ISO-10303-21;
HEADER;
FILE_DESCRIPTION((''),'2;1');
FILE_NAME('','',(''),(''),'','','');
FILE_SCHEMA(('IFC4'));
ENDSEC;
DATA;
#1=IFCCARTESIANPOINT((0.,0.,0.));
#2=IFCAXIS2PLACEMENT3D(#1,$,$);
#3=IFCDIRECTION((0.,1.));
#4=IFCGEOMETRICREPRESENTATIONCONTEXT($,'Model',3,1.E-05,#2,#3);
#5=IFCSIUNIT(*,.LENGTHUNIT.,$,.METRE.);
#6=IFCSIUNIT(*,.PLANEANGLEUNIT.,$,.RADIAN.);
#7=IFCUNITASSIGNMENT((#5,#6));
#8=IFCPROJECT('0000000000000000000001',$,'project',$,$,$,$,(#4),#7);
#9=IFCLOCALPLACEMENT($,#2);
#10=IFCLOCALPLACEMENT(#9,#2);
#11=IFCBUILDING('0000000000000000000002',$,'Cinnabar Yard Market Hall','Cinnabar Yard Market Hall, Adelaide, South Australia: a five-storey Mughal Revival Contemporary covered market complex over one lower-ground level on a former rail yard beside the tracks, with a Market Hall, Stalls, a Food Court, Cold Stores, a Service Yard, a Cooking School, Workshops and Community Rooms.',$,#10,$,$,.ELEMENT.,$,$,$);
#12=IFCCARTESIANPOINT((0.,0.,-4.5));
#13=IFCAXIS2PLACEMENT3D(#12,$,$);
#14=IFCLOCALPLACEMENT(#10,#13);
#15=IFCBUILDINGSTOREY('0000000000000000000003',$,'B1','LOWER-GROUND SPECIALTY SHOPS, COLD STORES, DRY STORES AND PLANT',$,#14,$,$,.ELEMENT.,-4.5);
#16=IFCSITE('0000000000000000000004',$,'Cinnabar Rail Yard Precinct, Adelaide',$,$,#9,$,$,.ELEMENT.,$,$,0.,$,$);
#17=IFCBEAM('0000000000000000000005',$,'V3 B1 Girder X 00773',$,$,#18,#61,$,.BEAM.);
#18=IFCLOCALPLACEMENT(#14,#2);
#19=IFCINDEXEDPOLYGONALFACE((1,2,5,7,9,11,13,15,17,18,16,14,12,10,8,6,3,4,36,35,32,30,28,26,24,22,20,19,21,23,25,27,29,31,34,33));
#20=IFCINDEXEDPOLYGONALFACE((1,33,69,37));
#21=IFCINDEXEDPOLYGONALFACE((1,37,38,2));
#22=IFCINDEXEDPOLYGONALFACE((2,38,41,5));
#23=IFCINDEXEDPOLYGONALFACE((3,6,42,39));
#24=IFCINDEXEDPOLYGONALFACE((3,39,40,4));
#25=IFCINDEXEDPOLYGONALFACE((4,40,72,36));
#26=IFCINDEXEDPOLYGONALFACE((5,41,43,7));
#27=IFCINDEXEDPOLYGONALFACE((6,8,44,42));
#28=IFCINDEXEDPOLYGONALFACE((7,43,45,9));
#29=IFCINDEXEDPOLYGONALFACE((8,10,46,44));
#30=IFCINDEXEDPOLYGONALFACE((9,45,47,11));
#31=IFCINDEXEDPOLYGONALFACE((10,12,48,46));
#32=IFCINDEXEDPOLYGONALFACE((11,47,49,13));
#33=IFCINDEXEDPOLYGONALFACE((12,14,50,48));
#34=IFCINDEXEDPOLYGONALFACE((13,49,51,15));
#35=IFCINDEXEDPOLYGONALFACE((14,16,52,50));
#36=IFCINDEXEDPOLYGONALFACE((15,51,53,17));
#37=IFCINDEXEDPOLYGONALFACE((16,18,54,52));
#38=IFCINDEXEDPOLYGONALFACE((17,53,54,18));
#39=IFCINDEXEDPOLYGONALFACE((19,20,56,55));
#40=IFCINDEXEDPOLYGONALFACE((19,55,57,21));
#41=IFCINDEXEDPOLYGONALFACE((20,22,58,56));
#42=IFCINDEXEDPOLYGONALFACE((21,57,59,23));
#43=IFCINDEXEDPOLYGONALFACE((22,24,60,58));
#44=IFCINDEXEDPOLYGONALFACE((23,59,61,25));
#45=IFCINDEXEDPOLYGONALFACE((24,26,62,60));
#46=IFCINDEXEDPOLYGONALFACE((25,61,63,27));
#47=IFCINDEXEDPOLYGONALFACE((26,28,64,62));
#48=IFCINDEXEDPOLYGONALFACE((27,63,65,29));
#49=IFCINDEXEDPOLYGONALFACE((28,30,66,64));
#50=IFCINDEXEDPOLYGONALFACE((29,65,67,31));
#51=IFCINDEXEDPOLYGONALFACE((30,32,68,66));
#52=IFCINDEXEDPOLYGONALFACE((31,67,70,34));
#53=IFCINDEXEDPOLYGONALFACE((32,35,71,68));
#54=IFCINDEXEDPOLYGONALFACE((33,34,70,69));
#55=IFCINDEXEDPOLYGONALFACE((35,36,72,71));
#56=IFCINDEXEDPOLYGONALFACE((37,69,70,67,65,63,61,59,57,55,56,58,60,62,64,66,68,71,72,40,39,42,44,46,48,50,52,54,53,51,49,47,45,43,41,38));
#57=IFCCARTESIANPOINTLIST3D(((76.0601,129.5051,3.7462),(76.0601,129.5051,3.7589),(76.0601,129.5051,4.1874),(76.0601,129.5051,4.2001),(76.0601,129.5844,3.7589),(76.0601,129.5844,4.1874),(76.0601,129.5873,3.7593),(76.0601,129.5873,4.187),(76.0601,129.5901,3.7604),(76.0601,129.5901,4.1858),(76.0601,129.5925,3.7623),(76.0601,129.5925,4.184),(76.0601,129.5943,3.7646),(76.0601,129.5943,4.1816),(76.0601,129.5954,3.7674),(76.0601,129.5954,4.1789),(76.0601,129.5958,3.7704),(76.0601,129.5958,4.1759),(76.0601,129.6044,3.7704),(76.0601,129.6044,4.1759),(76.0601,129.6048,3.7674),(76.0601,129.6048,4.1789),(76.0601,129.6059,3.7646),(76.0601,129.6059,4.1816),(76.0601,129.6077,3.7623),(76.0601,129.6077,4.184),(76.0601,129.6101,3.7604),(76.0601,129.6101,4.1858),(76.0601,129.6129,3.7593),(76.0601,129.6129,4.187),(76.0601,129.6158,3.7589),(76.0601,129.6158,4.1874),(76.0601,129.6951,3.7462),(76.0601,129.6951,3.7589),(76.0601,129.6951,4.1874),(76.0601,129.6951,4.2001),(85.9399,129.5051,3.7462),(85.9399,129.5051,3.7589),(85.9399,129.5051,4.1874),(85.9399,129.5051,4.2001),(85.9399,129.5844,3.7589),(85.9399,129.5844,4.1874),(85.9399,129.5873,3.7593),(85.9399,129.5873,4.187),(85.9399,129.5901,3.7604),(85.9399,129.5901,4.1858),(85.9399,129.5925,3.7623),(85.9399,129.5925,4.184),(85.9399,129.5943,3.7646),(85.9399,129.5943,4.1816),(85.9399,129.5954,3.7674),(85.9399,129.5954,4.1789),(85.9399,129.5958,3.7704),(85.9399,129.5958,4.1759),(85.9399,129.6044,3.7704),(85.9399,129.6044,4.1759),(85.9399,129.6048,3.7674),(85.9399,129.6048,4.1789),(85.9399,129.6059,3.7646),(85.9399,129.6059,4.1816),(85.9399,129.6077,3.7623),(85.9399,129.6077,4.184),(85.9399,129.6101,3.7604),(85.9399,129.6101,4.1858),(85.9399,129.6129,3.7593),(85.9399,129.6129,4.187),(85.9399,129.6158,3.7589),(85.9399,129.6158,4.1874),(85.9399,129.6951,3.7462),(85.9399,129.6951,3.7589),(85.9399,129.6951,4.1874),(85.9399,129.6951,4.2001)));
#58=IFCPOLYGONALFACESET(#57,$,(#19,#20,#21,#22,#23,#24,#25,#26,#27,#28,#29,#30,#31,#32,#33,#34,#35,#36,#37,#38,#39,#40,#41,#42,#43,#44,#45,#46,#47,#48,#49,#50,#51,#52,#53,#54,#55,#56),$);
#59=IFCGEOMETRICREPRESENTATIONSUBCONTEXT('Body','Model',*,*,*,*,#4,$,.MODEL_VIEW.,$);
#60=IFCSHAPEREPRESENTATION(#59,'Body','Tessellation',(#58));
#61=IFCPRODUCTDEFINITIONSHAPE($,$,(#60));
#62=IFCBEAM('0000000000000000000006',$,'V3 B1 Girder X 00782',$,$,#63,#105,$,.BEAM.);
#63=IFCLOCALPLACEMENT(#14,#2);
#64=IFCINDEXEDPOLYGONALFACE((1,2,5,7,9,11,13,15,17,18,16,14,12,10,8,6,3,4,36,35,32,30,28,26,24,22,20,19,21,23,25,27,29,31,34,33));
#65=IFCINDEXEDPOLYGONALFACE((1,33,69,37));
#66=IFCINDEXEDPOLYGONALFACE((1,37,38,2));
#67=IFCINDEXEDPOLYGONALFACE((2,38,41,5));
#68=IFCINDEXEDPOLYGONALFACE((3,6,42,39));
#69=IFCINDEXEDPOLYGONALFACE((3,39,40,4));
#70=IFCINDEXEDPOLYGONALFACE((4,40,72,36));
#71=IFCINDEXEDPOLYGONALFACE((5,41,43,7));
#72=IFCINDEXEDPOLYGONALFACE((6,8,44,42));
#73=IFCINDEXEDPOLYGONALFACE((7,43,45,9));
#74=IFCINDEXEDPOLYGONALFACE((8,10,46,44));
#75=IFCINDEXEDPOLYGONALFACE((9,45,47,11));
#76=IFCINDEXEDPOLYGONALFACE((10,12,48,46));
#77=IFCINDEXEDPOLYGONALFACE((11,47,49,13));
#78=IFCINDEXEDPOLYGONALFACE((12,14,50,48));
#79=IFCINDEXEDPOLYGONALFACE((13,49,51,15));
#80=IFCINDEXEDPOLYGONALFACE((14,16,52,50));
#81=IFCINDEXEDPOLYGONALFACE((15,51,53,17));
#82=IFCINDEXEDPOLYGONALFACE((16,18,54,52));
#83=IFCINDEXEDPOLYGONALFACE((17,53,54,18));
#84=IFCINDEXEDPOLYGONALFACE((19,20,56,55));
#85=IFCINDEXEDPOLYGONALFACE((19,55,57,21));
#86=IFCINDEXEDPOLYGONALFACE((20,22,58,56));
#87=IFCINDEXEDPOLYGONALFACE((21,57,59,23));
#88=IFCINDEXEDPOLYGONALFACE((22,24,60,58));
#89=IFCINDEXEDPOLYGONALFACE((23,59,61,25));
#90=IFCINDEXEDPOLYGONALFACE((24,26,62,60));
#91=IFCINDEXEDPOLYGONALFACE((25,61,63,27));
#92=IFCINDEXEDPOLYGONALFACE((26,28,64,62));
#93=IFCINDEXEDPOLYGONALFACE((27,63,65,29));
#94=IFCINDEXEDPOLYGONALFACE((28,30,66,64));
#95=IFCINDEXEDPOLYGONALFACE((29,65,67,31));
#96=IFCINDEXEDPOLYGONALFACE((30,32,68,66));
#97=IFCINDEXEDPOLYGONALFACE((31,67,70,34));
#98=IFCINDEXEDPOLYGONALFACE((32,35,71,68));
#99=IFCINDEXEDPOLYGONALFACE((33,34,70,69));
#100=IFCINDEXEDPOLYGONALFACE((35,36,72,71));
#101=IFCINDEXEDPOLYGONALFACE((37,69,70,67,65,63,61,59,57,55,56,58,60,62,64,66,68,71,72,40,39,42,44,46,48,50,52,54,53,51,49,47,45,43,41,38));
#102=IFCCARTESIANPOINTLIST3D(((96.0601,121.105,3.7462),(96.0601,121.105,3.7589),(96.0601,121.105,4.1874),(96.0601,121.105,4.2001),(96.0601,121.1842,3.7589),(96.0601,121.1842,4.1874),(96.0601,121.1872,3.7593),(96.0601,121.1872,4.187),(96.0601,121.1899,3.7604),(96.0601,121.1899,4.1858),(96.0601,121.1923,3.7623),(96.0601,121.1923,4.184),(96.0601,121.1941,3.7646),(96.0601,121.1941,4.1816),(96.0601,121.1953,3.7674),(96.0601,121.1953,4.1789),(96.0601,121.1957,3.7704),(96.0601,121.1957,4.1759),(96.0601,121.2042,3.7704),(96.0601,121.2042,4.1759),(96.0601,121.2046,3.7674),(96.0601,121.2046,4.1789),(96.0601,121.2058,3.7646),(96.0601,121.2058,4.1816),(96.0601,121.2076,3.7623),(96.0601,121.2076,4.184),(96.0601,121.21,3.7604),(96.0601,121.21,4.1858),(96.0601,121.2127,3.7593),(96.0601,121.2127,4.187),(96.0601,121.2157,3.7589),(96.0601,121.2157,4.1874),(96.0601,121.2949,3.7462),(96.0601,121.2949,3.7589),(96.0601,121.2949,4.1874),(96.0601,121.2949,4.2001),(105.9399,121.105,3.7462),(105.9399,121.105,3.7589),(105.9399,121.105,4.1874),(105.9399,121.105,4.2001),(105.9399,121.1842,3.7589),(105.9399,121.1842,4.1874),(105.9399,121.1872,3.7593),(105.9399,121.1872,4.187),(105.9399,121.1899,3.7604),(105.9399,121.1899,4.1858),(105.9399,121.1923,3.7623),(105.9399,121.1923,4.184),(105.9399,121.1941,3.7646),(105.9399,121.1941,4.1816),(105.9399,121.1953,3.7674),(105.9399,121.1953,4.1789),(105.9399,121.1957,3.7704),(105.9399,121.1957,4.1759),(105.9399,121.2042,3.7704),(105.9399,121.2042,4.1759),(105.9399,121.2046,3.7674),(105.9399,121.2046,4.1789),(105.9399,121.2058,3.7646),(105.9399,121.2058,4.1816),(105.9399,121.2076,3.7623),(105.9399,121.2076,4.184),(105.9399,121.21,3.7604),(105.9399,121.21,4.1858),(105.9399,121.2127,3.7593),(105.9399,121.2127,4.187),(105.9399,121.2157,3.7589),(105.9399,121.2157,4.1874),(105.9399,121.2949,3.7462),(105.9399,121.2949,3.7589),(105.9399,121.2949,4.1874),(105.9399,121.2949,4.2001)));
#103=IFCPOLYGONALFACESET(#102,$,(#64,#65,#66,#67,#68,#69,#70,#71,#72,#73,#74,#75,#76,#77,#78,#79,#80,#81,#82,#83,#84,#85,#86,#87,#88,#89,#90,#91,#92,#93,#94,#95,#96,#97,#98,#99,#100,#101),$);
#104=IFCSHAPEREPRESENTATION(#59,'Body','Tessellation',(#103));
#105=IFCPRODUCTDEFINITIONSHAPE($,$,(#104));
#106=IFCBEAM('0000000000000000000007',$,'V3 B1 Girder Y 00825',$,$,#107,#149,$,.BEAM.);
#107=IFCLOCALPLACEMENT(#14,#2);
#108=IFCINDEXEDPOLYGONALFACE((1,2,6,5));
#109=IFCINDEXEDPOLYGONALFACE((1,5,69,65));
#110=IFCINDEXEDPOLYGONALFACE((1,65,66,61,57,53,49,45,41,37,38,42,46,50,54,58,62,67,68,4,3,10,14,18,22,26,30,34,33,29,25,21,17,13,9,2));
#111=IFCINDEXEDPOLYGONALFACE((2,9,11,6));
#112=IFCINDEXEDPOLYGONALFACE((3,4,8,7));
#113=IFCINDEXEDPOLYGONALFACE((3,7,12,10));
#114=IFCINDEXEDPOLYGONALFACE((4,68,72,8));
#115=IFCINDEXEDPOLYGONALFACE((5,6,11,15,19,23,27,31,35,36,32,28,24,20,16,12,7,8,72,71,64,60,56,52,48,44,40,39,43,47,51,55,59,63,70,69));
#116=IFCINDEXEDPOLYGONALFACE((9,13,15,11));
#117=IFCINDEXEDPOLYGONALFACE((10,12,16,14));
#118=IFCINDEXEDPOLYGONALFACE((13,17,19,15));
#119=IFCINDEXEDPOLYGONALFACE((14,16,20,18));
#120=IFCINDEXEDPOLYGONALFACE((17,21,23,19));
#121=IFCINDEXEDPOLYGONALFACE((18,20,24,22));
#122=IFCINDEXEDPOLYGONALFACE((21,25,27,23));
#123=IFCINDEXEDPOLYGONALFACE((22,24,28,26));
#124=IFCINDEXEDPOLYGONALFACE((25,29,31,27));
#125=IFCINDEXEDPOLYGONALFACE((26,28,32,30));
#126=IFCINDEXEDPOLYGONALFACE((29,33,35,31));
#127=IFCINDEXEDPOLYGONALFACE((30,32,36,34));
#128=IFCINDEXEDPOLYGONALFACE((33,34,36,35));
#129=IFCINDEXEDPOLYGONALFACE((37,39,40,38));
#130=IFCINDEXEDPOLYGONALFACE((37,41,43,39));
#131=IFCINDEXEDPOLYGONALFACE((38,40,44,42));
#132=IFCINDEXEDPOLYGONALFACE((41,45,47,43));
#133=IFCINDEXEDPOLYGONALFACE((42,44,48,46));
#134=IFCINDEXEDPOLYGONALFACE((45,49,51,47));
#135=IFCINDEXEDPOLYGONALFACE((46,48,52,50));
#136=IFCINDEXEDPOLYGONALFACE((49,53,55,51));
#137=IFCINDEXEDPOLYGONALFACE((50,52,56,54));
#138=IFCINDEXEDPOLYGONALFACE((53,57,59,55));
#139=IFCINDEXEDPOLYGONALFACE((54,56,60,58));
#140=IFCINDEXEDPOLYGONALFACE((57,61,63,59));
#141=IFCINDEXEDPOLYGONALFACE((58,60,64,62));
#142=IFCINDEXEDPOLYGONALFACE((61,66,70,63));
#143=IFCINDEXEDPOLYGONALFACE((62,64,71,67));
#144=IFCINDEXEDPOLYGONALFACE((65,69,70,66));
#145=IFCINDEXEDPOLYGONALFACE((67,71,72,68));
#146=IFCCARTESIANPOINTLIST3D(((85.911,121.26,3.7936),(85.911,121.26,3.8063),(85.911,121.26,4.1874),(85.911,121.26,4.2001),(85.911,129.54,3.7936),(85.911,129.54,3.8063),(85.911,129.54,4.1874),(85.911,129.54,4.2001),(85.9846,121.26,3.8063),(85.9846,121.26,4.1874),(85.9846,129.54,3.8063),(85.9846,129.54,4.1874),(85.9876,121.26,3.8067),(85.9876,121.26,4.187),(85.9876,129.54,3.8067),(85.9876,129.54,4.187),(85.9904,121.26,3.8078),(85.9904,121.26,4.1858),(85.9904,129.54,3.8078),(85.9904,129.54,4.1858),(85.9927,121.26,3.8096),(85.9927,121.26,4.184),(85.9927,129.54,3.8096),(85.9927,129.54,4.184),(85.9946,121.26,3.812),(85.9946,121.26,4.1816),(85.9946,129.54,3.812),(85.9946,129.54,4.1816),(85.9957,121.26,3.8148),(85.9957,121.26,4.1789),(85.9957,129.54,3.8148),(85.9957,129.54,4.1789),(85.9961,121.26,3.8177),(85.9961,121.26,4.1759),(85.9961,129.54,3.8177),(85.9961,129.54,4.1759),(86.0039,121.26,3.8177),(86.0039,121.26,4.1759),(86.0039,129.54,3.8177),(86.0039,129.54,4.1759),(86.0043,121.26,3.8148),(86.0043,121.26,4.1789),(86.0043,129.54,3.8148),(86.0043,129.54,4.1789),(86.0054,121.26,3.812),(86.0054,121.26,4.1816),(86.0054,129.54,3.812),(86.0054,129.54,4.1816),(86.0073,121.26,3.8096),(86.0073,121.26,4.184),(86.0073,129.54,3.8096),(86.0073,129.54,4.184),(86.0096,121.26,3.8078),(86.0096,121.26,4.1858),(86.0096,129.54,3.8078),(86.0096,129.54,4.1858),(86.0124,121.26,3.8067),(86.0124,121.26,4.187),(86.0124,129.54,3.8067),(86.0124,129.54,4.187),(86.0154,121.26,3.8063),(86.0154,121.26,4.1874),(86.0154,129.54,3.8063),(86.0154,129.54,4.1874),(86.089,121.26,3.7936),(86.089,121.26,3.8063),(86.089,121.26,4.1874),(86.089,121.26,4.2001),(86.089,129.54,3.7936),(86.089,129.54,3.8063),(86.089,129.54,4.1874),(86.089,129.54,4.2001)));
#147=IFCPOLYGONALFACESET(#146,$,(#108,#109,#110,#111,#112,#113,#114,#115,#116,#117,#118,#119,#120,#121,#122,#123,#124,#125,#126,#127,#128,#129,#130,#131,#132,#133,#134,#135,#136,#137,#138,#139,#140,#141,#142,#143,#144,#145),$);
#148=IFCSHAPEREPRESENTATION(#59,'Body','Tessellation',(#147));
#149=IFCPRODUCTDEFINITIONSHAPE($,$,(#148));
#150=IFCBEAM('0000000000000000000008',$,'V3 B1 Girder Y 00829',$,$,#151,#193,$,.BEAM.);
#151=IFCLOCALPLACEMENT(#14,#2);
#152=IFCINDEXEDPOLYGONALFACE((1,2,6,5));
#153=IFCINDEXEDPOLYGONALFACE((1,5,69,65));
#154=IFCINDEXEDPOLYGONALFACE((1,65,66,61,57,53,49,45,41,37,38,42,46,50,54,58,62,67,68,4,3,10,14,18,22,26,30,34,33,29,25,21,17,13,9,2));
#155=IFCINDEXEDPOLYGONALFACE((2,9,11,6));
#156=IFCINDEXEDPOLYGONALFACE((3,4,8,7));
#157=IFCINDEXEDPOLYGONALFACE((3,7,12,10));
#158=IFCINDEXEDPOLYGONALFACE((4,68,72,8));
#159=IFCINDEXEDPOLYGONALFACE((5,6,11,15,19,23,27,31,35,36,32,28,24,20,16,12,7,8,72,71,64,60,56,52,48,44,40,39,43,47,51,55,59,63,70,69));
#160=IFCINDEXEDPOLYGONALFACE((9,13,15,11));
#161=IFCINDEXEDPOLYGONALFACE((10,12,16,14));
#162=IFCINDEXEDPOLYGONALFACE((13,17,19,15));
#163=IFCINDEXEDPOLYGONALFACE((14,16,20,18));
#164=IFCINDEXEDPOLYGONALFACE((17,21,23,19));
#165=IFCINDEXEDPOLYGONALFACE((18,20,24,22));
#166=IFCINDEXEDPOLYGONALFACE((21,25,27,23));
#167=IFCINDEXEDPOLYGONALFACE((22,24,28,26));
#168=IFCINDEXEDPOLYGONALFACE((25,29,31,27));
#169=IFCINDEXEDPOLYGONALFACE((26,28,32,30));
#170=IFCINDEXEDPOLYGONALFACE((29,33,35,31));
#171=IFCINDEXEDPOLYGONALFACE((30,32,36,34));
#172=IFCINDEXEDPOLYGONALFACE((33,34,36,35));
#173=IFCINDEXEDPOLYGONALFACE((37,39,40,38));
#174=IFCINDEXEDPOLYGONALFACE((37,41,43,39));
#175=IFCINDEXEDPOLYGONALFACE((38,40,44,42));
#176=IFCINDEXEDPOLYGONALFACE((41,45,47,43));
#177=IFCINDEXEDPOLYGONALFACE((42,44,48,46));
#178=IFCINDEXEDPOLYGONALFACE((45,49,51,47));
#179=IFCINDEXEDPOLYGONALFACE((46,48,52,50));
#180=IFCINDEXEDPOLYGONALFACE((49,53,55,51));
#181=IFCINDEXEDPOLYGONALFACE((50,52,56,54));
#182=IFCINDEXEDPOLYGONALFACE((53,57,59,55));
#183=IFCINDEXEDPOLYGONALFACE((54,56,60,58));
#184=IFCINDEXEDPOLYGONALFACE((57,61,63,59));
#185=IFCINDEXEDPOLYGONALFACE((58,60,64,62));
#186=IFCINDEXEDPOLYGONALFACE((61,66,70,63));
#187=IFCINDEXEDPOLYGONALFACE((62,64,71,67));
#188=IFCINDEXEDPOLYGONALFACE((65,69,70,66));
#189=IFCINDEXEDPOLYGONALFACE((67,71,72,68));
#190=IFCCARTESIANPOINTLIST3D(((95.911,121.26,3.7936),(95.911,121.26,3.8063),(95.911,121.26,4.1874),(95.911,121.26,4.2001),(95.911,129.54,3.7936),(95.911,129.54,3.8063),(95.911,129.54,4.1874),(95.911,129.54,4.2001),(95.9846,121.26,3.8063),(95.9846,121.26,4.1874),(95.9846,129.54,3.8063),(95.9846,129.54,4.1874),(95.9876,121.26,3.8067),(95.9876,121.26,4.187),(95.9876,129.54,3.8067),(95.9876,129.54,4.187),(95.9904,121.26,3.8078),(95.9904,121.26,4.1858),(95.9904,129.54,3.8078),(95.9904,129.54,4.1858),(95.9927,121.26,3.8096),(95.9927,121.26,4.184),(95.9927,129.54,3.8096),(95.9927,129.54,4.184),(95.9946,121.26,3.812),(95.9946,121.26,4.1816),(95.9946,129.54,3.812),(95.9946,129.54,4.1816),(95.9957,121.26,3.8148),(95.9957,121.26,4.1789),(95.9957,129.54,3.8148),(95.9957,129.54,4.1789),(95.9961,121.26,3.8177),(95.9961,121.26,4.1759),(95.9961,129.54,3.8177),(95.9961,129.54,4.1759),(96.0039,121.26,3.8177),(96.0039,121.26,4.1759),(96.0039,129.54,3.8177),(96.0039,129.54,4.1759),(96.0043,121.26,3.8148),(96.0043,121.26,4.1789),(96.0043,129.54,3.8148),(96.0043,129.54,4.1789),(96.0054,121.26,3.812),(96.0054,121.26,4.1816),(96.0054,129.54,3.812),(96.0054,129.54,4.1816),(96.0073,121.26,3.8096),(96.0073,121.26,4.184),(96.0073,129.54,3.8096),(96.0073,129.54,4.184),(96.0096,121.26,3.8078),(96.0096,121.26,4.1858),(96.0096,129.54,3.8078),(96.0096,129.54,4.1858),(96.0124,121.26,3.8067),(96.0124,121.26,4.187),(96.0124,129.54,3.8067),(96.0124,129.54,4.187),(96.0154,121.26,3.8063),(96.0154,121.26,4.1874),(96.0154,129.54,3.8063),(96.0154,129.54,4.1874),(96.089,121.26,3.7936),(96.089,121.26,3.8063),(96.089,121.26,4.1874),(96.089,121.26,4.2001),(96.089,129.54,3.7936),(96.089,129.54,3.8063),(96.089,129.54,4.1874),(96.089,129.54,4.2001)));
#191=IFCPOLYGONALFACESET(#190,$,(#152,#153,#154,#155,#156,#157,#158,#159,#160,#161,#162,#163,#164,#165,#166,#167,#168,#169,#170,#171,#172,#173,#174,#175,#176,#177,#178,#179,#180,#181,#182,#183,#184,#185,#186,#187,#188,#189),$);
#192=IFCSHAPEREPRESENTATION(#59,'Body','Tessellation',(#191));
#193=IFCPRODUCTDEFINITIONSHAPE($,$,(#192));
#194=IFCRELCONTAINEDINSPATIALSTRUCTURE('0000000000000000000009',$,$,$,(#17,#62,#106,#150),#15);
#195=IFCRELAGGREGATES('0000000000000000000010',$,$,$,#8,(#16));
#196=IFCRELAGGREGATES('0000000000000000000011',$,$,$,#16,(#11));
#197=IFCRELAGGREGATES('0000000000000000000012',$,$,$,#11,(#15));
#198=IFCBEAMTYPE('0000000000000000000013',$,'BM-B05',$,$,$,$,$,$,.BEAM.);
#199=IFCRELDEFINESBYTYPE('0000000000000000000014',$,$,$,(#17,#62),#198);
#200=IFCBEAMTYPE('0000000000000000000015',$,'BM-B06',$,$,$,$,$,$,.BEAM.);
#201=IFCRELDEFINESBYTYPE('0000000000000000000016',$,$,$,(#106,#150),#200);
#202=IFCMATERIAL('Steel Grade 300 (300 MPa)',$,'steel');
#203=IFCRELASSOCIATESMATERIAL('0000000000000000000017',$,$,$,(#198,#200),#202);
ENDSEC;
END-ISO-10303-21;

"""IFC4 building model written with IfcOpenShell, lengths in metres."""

from ifc_helpers import new_model, si_unit, direction, frame, origin, origin_2d_with_axis, place, context, subcontext, project, spatial, i_section, extrude, material, material_profile, profile_set, type_object, element, save


model = new_model("IFC4")

# Units and contexts
model_context = context("Model", 3, precision=1e-05, world=origin(), true_north=direction((0.0, 1.0)))
body_context = subcontext(model_context, "Body", "Model", "MODEL_VIEW")
ifc_project = project(units=[si_unit("LENGTHUNIT", "METRE"), si_unit("PLANEANGLEUNIT", "RADIAN")], contexts=[model_context])

# Site, building, storey
site_placement = place(None, origin())
site = spatial("IfcSite", under=ifc_project, at=site_placement, Name="Cinnabar Rail Yard Precinct, Adelaide", CompositionType="ELEMENT", RefElevation=0.0)
building_placement = place(site_placement, origin())
building = spatial("IfcBuilding", under=site, at=building_placement, Name="Cinnabar Yard Market Hall", Description="Cinnabar Yard Market Hall, Adelaide, South Australia: a five-storey Mughal Revival Contemporary covered market complex over one lower-ground level on a former rail yard beside the tracks, with a Market Hall, Stalls, a Food Court, Cold Stores, a Service Yard, a Cooking School, Workshops and Community Rooms.", CompositionType="ELEMENT")
storey_placement = place(building_placement, frame((0.0, 0.0, -4.5)))
storey = spatial("IfcBuildingStorey", under=building, at=storey_placement, Name="B1", Description="LOWER-GROUND SPECIALTY SHOPS, COLD STORES, DRY STORES AND PLANT", CompositionType="ELEMENT", Elevation=-4.5)

# Shared definitions
ifc_material_1 = material(Name="Steel Grade 300 (300 MPa)", Category="steel")

# Beams
ifc_material_profile_1 = material_profile(ifc_material_1, i_section(OverallWidth=0.1899, OverallDepth=0.4539, WebThickness=0.0085, FlangeThickness=0.0127, FilletRadius=0.0115, at=origin_2d_with_axis()), Name="460UB67.1")
ifc_profile_set_1 = profile_set([ifc_material_profile_1], Name="Steel Grade 300 (300 MPa)")
beam_type_1 = type_object("IfcBeamType", Name="BM-B05", PredefinedType="BEAM", material=ifc_profile_set_1)
for number, where, z_axis, x_axis, name in (
    (1, (76.0601, 129.6001, 3.9731), (1.0, 0.0, 0.0), (0.0, 1.0, 0.0), "V3 B1 Girder X 00773"),
    (2, (96.0601, 121.2, 3.9731), (1.0, 0.0, 0.0), (0.0, 1.0, 0.0), "V3 B1 Girder X 00782"),
):
    element("IfcBeam", number, at=place(storey_placement, frame(where, z_axis=z_axis, x_axis=x_axis)), inside=storey, type_object=beam_type_1, Name=name, PredefinedType="BEAM", context=body_context, shape_type="SweptSolid", body=[
        extrude(i_section(OverallWidth=0.1899, OverallDepth=0.4539, WebThickness=0.0085, FlangeThickness=0.0127, FilletRadius=0.0115, at=origin_2d_with_axis()), origin(), (0.0, 0.0, 1.0), 9.8799),
    ])
ifc_material_profile_2 = material_profile(ifc_material_1, i_section(OverallWidth=0.178, OverallDepth=0.4065, WebThickness=0.0078, FlangeThickness=0.0127, FilletRadius=0.0115, at=origin_2d_with_axis()), Name="410UB59.7")
ifc_profile_set_2 = profile_set([ifc_material_profile_2], Name="Steel Grade 300 (300 MPa)")
beam_type_2 = type_object("IfcBeamType", Name="BM-B06", PredefinedType="BEAM", material=ifc_profile_set_2)
for number, where, z_axis, x_axis, name in (
    (3, (86.0, 121.26, 3.9968), (0.0, 1.0, 0.0), (-1.0, 0.0, 0.0), "V3 B1 Girder Y 00825"),
    (4, (96.0, 121.26, 3.9968), (0.0, 1.0, 0.0), (-1.0, 0.0, 0.0), "V3 B1 Girder Y 00829"),
):
    element("IfcBeam", number, at=place(storey_placement, frame(where, z_axis=z_axis, x_axis=x_axis)), inside=storey, type_object=beam_type_2, Name=name, PredefinedType="BEAM", context=body_context, shape_type="SweptSolid", body=[
        extrude(i_section(OverallWidth=0.178, OverallDepth=0.4065, WebThickness=0.0078, FlangeThickness=0.0127, FilletRadius=0.0115, at=origin_2d_with_axis()), origin(), (0.0, 0.0, 1.0), 8.28),
    ])

save(model, "model.ifc")
